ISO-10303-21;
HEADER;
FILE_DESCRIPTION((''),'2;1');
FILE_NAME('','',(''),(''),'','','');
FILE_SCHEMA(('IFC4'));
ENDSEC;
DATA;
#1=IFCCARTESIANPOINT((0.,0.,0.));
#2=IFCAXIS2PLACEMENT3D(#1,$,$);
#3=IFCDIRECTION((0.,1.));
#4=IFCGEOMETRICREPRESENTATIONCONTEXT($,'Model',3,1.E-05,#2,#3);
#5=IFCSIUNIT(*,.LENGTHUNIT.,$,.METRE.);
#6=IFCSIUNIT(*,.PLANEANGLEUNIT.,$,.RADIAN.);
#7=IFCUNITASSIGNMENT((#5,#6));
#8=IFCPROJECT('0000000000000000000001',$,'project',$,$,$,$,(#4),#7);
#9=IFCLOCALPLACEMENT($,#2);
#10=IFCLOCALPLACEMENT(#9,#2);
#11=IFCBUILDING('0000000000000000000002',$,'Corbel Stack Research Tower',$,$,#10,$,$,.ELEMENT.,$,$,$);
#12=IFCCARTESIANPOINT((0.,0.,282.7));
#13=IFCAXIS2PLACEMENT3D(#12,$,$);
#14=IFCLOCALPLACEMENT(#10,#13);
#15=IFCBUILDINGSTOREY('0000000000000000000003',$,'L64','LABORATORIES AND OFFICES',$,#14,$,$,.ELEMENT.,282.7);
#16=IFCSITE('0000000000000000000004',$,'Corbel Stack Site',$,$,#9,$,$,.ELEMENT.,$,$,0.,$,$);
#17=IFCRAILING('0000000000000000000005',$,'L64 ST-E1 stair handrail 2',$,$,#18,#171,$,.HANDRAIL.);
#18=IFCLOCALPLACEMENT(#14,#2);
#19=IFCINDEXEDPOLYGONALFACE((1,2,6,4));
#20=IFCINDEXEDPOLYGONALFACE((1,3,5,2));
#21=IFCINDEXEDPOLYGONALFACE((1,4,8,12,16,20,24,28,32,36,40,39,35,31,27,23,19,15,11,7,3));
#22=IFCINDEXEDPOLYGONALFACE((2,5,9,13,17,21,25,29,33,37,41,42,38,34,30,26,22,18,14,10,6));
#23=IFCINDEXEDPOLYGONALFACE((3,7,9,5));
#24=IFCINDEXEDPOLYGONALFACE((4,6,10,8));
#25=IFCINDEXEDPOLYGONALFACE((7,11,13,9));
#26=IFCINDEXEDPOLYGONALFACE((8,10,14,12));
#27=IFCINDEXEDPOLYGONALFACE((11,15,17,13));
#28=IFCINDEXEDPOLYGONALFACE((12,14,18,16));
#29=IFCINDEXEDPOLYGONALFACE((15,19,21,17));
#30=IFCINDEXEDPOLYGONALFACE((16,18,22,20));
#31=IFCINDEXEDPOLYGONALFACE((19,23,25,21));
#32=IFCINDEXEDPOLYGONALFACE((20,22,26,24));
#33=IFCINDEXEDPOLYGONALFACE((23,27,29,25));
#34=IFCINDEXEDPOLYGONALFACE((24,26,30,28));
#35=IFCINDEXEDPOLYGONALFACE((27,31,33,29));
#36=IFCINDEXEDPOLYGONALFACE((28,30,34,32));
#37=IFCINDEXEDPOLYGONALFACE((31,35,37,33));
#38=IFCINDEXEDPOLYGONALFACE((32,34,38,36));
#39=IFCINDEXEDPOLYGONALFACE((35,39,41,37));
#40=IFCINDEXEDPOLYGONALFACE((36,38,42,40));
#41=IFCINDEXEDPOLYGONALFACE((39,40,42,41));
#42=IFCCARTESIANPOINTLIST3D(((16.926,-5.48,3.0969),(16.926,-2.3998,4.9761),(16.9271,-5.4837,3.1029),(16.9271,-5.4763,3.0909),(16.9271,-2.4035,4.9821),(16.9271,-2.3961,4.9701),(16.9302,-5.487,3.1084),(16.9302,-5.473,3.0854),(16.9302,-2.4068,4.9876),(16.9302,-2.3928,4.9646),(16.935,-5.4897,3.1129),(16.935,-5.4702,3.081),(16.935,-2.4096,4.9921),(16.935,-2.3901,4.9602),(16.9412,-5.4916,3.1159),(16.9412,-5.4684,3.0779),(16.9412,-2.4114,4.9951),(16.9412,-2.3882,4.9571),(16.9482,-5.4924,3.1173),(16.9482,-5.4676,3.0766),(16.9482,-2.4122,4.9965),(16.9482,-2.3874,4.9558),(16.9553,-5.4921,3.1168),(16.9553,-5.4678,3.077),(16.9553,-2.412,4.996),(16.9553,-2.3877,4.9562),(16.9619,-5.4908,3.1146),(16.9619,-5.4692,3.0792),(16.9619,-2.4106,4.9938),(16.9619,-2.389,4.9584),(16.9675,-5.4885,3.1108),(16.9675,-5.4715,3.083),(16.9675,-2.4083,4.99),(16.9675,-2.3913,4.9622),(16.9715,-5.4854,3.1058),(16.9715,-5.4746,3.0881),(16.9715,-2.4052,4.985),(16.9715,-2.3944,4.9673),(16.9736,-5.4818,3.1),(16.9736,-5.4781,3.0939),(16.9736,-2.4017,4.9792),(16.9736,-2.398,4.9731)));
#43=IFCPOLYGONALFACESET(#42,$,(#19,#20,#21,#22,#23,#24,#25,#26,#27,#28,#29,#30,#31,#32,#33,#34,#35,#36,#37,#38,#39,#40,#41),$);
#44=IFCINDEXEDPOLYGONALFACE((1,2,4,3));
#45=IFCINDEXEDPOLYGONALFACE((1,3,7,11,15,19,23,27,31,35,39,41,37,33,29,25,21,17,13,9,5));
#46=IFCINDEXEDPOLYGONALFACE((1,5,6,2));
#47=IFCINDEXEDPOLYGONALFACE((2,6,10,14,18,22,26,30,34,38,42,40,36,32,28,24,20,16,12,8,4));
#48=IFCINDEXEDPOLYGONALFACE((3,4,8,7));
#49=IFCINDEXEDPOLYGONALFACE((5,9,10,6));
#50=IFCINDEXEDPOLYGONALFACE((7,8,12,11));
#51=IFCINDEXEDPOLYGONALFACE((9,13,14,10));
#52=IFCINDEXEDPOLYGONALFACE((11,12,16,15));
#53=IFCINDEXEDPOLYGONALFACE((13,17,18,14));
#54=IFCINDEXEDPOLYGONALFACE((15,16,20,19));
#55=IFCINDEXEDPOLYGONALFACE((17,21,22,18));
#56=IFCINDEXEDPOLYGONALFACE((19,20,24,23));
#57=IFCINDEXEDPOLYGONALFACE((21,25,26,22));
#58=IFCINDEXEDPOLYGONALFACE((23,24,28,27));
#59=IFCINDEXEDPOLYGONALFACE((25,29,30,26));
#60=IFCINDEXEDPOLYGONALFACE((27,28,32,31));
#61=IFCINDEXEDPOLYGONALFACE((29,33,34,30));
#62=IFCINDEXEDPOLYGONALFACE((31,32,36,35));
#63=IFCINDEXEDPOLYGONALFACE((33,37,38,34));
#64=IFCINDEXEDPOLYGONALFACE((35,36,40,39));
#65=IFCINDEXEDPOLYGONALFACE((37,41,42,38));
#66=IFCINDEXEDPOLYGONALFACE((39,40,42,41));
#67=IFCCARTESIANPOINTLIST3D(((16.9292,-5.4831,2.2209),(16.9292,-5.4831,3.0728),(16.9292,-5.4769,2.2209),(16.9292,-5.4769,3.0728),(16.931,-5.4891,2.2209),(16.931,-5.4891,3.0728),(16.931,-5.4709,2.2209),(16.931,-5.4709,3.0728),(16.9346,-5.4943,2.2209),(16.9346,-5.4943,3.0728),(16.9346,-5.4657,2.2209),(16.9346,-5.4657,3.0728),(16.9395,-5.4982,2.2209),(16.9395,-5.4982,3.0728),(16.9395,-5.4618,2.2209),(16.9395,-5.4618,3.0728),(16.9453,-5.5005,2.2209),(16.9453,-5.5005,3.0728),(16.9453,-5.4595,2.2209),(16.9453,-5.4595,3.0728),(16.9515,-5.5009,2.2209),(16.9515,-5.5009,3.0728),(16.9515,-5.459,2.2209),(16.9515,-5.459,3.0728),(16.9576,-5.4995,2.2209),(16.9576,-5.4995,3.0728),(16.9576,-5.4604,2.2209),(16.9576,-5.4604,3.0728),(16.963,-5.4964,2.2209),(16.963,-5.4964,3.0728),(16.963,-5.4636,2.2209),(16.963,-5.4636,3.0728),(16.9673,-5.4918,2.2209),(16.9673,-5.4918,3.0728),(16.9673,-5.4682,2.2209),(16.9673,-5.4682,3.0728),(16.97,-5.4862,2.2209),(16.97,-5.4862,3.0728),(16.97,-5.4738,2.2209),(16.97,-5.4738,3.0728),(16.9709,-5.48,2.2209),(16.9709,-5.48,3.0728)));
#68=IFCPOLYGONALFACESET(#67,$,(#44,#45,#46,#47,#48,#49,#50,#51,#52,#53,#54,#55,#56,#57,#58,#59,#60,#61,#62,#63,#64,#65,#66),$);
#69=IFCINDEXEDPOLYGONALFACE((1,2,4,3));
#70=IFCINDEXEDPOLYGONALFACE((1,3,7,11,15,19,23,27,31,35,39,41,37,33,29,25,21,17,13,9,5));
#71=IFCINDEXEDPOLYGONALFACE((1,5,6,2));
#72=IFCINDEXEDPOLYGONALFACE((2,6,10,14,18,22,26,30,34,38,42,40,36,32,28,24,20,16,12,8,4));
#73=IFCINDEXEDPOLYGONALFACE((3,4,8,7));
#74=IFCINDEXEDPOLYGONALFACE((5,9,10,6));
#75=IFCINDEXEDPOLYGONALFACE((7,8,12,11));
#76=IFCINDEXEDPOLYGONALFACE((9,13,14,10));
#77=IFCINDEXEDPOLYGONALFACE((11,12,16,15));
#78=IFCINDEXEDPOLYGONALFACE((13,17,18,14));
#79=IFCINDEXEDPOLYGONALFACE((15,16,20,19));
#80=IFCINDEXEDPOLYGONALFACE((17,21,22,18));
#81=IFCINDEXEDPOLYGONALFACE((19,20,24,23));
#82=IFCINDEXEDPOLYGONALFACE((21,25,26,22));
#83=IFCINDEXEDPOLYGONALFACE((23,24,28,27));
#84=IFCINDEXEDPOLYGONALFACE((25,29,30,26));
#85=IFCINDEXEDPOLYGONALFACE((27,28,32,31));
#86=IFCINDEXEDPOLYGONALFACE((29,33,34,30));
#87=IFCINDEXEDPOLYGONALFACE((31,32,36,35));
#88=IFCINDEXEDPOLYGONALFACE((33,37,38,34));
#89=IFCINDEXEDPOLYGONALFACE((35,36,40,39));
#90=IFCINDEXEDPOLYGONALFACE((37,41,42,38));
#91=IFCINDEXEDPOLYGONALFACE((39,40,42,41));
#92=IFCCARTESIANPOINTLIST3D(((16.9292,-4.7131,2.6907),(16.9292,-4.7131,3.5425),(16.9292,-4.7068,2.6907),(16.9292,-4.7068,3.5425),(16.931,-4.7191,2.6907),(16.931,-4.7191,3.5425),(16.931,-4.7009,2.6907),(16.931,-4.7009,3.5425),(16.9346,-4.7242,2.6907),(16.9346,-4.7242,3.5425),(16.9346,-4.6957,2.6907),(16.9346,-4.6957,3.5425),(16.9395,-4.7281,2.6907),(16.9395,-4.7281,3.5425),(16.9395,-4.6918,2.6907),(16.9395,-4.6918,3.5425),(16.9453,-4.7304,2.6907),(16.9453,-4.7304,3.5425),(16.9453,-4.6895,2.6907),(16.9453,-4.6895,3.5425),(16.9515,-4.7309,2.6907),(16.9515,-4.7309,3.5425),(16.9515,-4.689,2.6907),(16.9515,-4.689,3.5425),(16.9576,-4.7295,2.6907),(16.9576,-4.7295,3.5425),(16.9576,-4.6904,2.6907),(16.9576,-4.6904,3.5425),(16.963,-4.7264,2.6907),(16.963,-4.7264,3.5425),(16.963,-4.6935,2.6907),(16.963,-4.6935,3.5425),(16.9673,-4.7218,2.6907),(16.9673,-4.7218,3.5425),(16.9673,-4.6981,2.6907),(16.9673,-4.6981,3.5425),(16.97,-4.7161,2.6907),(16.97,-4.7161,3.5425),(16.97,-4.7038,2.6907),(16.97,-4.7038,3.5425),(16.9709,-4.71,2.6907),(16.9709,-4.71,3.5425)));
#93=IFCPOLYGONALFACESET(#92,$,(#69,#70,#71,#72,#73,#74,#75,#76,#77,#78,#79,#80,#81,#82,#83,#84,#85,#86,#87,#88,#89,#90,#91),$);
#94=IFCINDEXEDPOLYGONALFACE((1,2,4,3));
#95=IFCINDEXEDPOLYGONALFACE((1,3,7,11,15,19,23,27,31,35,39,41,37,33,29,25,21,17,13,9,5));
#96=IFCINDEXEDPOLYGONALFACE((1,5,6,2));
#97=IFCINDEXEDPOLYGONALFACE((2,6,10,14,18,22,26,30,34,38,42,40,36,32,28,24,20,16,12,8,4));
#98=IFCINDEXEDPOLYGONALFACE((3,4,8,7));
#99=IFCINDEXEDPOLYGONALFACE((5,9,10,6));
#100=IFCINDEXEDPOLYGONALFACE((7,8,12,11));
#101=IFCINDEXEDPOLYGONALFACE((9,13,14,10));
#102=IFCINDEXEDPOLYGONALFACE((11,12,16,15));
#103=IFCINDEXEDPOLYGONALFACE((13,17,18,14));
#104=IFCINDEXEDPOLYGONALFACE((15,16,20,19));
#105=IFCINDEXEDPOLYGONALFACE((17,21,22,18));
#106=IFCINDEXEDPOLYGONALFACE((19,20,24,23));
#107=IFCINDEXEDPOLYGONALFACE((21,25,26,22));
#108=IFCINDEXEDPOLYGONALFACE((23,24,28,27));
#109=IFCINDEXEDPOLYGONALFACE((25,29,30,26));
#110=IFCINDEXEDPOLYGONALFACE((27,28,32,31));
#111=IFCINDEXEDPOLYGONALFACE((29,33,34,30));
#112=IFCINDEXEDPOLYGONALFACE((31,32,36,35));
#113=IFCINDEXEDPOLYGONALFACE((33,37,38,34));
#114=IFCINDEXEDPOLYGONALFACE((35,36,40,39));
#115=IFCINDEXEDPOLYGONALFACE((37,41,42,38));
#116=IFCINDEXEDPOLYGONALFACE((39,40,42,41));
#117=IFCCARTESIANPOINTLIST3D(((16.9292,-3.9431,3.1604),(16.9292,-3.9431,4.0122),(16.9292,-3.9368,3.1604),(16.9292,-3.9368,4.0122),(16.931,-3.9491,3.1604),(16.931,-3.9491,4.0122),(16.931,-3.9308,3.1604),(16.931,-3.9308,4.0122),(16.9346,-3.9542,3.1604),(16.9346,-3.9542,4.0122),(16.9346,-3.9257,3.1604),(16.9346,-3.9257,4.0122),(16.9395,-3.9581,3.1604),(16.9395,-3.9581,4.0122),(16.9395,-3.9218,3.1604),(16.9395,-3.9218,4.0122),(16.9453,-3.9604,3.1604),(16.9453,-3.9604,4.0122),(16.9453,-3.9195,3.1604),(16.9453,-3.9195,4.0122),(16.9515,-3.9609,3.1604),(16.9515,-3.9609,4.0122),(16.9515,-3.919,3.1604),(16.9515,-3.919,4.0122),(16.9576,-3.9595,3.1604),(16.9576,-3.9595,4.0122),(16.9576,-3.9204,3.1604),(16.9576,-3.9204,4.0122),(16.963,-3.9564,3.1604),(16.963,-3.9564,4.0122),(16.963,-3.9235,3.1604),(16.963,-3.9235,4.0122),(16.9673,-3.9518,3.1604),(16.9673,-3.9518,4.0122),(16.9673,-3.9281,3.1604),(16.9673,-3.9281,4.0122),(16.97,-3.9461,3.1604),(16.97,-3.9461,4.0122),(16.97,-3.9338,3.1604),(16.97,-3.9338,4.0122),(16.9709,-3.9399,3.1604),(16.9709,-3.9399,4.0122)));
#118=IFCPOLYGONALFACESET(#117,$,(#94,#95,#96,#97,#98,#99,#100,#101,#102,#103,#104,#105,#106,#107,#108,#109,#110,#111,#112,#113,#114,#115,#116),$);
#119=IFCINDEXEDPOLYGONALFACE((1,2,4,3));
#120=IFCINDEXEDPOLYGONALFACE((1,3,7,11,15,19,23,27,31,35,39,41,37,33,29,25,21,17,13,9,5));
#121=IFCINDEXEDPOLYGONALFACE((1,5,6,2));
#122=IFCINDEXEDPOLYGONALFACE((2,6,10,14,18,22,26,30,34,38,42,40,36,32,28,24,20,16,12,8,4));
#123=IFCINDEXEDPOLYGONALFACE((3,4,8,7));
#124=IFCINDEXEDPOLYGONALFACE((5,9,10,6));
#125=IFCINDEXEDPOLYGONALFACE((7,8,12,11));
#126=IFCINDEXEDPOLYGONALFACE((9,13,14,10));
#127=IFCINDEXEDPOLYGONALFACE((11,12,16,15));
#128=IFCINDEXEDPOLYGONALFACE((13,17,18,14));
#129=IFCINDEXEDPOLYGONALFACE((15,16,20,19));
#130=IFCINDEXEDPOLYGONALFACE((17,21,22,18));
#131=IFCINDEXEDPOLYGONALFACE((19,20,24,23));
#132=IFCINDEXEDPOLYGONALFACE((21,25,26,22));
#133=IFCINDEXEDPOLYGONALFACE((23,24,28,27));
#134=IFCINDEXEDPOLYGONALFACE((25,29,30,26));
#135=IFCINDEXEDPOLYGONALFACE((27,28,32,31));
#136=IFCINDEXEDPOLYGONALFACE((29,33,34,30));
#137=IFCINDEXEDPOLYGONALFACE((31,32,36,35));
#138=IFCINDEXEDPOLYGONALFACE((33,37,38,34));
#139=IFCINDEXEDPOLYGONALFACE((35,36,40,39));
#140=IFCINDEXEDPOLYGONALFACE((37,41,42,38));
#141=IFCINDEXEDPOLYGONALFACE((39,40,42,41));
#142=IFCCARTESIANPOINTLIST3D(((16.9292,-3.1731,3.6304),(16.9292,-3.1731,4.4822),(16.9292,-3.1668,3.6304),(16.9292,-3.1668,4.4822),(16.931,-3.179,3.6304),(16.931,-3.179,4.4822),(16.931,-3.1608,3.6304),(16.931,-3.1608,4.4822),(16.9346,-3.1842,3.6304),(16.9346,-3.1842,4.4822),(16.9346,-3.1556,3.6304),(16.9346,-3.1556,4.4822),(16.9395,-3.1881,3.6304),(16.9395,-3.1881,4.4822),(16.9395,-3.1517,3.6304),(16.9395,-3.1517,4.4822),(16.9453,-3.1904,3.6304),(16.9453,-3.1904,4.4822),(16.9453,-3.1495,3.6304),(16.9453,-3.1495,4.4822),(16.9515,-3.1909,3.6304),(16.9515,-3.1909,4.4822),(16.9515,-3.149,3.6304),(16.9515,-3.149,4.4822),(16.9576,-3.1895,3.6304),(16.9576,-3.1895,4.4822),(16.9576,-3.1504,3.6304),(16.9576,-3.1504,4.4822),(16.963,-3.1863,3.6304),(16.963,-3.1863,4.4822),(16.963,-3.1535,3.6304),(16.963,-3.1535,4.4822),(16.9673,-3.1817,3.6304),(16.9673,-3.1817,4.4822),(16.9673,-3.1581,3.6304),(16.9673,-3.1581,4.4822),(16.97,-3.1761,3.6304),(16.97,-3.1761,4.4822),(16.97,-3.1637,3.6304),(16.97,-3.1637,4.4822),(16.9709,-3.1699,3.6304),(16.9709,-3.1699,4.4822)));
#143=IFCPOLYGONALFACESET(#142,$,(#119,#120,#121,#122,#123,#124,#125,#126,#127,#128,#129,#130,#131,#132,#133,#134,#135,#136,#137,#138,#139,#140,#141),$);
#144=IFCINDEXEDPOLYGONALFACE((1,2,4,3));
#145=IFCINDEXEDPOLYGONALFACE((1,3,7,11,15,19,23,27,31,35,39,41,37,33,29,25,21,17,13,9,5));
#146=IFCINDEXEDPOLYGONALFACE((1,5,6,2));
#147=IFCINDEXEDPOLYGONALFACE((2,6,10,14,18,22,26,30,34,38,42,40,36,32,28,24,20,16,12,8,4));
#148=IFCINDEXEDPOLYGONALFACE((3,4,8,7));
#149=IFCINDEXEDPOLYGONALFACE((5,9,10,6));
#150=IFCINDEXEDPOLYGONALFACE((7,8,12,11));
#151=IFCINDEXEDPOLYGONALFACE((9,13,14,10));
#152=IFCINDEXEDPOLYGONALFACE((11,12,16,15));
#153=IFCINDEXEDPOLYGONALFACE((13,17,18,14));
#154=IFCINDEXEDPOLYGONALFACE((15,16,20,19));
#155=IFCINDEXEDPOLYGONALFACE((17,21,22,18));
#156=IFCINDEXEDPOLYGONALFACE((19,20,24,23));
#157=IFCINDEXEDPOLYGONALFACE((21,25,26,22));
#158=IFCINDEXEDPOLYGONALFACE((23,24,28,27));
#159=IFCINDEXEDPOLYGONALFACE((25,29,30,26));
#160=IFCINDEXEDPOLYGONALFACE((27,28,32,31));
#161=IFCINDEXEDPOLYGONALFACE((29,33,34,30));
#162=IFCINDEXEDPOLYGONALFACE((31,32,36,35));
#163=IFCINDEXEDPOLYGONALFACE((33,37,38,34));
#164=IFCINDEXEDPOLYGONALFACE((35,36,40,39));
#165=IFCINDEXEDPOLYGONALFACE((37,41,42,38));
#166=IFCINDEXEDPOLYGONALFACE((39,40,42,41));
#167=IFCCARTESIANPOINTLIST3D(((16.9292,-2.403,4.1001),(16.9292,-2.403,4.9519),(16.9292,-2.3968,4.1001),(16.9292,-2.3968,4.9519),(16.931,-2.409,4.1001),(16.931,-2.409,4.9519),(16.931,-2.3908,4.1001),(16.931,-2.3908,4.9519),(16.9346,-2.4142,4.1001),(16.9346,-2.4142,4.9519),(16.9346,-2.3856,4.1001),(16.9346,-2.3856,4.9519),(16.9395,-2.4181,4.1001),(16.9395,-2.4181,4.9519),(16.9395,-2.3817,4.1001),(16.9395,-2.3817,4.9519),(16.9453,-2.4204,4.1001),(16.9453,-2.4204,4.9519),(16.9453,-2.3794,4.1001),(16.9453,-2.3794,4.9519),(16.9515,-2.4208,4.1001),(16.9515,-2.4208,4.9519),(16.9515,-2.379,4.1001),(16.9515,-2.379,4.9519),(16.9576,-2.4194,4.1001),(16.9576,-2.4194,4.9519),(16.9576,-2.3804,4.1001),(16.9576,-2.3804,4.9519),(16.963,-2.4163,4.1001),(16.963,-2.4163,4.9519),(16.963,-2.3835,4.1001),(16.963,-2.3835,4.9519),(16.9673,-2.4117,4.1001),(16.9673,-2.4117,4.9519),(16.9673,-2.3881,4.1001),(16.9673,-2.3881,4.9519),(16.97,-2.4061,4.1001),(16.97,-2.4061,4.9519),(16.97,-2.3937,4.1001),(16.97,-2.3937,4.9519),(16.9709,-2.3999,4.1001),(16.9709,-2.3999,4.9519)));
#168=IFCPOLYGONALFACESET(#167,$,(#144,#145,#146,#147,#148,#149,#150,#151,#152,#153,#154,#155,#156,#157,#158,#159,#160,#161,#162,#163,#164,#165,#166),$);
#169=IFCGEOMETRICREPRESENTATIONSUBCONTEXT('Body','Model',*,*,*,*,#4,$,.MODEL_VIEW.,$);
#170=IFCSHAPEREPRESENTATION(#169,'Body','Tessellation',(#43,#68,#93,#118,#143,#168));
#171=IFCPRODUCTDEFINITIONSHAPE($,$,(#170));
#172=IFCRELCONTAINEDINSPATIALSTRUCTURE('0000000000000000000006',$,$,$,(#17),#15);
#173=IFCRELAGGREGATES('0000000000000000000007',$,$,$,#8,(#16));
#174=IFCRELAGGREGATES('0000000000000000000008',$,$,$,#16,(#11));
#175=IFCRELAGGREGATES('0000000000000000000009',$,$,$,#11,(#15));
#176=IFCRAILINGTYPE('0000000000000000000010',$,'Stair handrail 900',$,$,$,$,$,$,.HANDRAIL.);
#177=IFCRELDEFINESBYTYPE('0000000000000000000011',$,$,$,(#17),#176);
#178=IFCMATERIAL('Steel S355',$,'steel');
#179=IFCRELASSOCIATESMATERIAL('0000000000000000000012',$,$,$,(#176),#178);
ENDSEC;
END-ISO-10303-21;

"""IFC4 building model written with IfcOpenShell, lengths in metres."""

from ifc_helpers import new_model, si_unit, direction, frame, origin, origin_2d, place, context, subcontext, project, spatial, circle, extrude, material, type_object, element, save


model = new_model("IFC4")

# Units and contexts
model_context = context("Model", 3, precision=1e-05, world=origin(), true_north=direction((0.0, 1.0)))
body_context = subcontext(model_context, "Body", "Model", "MODEL_VIEW")
ifc_project = project(units=[si_unit("LENGTHUNIT", "METRE"), si_unit("PLANEANGLEUNIT", "RADIAN")], contexts=[model_context])

# Site, building, storey
site_placement = place(None, origin())
site = spatial("IfcSite", under=ifc_project, at=site_placement, Name="Corbel Stack Site", CompositionType="ELEMENT", RefElevation=0.0)
building_placement = place(site_placement, origin())
building = spatial("IfcBuilding", under=site, at=building_placement, Name="Corbel Stack Research Tower", CompositionType="ELEMENT")
storey_placement = place(building_placement, frame((0.0, 0.0, 282.7)))
storey = spatial("IfcBuildingStorey", under=building, at=storey_placement, Name="L64", Description="LABORATORIES AND OFFICES", CompositionType="ELEMENT", Elevation=282.7)

# Railing
ifc_material_1 = material(Name="Steel S355", Category="steel")
railing_type_1 = type_object("IfcRailingType", Name="Stair handrail 900", PredefinedType="HANDRAIL", material=ifc_material_1)
railing_1_placement = place(storey_placement, frame((16.95, -5.48, 2.2209)))
element("IfcRailing", 1, at=railing_1_placement, inside=storey, type_object=railing_type_1, Name="L64 ST-E1 stair handrail 2", PredefinedType="HANDRAIL", context=body_context, shape_type="SweptSolid", body=[
    extrude(circle(Radius=0.0239, at=origin_2d()), frame((0.0, 0.0, 0.876), z_axis=(0.0, 0.853666, 0.52082), x_axis=(-1.0, 0.0, 0.0)), (0.0, 0.0, 1.0), 3.6082),
    extrude(circle(Radius=0.021, at=origin_2d()), origin(), (0.0, 0.0, 1.0), 0.8518),
    extrude(circle(Radius=0.021, at=origin_2d()), frame((0.0, 0.77, 0.4697)), (0.0, 0.0, 1.0), 0.8518),
    extrude(circle(Radius=0.021, at=origin_2d()), frame((0.0, 1.54, 0.9395)), (0.0, 0.0, 1.0), 0.8518),
    extrude(circle(Radius=0.021, at=origin_2d()), frame((0.0, 2.3101, 1.4094)), (0.0, 0.0, 1.0), 0.8518),
    extrude(circle(Radius=0.021, at=origin_2d()), frame((0.0, 3.0801, 1.8792)), (0.0, 0.0, 1.0), 0.8518),
])

save(model, "model.ifc")
